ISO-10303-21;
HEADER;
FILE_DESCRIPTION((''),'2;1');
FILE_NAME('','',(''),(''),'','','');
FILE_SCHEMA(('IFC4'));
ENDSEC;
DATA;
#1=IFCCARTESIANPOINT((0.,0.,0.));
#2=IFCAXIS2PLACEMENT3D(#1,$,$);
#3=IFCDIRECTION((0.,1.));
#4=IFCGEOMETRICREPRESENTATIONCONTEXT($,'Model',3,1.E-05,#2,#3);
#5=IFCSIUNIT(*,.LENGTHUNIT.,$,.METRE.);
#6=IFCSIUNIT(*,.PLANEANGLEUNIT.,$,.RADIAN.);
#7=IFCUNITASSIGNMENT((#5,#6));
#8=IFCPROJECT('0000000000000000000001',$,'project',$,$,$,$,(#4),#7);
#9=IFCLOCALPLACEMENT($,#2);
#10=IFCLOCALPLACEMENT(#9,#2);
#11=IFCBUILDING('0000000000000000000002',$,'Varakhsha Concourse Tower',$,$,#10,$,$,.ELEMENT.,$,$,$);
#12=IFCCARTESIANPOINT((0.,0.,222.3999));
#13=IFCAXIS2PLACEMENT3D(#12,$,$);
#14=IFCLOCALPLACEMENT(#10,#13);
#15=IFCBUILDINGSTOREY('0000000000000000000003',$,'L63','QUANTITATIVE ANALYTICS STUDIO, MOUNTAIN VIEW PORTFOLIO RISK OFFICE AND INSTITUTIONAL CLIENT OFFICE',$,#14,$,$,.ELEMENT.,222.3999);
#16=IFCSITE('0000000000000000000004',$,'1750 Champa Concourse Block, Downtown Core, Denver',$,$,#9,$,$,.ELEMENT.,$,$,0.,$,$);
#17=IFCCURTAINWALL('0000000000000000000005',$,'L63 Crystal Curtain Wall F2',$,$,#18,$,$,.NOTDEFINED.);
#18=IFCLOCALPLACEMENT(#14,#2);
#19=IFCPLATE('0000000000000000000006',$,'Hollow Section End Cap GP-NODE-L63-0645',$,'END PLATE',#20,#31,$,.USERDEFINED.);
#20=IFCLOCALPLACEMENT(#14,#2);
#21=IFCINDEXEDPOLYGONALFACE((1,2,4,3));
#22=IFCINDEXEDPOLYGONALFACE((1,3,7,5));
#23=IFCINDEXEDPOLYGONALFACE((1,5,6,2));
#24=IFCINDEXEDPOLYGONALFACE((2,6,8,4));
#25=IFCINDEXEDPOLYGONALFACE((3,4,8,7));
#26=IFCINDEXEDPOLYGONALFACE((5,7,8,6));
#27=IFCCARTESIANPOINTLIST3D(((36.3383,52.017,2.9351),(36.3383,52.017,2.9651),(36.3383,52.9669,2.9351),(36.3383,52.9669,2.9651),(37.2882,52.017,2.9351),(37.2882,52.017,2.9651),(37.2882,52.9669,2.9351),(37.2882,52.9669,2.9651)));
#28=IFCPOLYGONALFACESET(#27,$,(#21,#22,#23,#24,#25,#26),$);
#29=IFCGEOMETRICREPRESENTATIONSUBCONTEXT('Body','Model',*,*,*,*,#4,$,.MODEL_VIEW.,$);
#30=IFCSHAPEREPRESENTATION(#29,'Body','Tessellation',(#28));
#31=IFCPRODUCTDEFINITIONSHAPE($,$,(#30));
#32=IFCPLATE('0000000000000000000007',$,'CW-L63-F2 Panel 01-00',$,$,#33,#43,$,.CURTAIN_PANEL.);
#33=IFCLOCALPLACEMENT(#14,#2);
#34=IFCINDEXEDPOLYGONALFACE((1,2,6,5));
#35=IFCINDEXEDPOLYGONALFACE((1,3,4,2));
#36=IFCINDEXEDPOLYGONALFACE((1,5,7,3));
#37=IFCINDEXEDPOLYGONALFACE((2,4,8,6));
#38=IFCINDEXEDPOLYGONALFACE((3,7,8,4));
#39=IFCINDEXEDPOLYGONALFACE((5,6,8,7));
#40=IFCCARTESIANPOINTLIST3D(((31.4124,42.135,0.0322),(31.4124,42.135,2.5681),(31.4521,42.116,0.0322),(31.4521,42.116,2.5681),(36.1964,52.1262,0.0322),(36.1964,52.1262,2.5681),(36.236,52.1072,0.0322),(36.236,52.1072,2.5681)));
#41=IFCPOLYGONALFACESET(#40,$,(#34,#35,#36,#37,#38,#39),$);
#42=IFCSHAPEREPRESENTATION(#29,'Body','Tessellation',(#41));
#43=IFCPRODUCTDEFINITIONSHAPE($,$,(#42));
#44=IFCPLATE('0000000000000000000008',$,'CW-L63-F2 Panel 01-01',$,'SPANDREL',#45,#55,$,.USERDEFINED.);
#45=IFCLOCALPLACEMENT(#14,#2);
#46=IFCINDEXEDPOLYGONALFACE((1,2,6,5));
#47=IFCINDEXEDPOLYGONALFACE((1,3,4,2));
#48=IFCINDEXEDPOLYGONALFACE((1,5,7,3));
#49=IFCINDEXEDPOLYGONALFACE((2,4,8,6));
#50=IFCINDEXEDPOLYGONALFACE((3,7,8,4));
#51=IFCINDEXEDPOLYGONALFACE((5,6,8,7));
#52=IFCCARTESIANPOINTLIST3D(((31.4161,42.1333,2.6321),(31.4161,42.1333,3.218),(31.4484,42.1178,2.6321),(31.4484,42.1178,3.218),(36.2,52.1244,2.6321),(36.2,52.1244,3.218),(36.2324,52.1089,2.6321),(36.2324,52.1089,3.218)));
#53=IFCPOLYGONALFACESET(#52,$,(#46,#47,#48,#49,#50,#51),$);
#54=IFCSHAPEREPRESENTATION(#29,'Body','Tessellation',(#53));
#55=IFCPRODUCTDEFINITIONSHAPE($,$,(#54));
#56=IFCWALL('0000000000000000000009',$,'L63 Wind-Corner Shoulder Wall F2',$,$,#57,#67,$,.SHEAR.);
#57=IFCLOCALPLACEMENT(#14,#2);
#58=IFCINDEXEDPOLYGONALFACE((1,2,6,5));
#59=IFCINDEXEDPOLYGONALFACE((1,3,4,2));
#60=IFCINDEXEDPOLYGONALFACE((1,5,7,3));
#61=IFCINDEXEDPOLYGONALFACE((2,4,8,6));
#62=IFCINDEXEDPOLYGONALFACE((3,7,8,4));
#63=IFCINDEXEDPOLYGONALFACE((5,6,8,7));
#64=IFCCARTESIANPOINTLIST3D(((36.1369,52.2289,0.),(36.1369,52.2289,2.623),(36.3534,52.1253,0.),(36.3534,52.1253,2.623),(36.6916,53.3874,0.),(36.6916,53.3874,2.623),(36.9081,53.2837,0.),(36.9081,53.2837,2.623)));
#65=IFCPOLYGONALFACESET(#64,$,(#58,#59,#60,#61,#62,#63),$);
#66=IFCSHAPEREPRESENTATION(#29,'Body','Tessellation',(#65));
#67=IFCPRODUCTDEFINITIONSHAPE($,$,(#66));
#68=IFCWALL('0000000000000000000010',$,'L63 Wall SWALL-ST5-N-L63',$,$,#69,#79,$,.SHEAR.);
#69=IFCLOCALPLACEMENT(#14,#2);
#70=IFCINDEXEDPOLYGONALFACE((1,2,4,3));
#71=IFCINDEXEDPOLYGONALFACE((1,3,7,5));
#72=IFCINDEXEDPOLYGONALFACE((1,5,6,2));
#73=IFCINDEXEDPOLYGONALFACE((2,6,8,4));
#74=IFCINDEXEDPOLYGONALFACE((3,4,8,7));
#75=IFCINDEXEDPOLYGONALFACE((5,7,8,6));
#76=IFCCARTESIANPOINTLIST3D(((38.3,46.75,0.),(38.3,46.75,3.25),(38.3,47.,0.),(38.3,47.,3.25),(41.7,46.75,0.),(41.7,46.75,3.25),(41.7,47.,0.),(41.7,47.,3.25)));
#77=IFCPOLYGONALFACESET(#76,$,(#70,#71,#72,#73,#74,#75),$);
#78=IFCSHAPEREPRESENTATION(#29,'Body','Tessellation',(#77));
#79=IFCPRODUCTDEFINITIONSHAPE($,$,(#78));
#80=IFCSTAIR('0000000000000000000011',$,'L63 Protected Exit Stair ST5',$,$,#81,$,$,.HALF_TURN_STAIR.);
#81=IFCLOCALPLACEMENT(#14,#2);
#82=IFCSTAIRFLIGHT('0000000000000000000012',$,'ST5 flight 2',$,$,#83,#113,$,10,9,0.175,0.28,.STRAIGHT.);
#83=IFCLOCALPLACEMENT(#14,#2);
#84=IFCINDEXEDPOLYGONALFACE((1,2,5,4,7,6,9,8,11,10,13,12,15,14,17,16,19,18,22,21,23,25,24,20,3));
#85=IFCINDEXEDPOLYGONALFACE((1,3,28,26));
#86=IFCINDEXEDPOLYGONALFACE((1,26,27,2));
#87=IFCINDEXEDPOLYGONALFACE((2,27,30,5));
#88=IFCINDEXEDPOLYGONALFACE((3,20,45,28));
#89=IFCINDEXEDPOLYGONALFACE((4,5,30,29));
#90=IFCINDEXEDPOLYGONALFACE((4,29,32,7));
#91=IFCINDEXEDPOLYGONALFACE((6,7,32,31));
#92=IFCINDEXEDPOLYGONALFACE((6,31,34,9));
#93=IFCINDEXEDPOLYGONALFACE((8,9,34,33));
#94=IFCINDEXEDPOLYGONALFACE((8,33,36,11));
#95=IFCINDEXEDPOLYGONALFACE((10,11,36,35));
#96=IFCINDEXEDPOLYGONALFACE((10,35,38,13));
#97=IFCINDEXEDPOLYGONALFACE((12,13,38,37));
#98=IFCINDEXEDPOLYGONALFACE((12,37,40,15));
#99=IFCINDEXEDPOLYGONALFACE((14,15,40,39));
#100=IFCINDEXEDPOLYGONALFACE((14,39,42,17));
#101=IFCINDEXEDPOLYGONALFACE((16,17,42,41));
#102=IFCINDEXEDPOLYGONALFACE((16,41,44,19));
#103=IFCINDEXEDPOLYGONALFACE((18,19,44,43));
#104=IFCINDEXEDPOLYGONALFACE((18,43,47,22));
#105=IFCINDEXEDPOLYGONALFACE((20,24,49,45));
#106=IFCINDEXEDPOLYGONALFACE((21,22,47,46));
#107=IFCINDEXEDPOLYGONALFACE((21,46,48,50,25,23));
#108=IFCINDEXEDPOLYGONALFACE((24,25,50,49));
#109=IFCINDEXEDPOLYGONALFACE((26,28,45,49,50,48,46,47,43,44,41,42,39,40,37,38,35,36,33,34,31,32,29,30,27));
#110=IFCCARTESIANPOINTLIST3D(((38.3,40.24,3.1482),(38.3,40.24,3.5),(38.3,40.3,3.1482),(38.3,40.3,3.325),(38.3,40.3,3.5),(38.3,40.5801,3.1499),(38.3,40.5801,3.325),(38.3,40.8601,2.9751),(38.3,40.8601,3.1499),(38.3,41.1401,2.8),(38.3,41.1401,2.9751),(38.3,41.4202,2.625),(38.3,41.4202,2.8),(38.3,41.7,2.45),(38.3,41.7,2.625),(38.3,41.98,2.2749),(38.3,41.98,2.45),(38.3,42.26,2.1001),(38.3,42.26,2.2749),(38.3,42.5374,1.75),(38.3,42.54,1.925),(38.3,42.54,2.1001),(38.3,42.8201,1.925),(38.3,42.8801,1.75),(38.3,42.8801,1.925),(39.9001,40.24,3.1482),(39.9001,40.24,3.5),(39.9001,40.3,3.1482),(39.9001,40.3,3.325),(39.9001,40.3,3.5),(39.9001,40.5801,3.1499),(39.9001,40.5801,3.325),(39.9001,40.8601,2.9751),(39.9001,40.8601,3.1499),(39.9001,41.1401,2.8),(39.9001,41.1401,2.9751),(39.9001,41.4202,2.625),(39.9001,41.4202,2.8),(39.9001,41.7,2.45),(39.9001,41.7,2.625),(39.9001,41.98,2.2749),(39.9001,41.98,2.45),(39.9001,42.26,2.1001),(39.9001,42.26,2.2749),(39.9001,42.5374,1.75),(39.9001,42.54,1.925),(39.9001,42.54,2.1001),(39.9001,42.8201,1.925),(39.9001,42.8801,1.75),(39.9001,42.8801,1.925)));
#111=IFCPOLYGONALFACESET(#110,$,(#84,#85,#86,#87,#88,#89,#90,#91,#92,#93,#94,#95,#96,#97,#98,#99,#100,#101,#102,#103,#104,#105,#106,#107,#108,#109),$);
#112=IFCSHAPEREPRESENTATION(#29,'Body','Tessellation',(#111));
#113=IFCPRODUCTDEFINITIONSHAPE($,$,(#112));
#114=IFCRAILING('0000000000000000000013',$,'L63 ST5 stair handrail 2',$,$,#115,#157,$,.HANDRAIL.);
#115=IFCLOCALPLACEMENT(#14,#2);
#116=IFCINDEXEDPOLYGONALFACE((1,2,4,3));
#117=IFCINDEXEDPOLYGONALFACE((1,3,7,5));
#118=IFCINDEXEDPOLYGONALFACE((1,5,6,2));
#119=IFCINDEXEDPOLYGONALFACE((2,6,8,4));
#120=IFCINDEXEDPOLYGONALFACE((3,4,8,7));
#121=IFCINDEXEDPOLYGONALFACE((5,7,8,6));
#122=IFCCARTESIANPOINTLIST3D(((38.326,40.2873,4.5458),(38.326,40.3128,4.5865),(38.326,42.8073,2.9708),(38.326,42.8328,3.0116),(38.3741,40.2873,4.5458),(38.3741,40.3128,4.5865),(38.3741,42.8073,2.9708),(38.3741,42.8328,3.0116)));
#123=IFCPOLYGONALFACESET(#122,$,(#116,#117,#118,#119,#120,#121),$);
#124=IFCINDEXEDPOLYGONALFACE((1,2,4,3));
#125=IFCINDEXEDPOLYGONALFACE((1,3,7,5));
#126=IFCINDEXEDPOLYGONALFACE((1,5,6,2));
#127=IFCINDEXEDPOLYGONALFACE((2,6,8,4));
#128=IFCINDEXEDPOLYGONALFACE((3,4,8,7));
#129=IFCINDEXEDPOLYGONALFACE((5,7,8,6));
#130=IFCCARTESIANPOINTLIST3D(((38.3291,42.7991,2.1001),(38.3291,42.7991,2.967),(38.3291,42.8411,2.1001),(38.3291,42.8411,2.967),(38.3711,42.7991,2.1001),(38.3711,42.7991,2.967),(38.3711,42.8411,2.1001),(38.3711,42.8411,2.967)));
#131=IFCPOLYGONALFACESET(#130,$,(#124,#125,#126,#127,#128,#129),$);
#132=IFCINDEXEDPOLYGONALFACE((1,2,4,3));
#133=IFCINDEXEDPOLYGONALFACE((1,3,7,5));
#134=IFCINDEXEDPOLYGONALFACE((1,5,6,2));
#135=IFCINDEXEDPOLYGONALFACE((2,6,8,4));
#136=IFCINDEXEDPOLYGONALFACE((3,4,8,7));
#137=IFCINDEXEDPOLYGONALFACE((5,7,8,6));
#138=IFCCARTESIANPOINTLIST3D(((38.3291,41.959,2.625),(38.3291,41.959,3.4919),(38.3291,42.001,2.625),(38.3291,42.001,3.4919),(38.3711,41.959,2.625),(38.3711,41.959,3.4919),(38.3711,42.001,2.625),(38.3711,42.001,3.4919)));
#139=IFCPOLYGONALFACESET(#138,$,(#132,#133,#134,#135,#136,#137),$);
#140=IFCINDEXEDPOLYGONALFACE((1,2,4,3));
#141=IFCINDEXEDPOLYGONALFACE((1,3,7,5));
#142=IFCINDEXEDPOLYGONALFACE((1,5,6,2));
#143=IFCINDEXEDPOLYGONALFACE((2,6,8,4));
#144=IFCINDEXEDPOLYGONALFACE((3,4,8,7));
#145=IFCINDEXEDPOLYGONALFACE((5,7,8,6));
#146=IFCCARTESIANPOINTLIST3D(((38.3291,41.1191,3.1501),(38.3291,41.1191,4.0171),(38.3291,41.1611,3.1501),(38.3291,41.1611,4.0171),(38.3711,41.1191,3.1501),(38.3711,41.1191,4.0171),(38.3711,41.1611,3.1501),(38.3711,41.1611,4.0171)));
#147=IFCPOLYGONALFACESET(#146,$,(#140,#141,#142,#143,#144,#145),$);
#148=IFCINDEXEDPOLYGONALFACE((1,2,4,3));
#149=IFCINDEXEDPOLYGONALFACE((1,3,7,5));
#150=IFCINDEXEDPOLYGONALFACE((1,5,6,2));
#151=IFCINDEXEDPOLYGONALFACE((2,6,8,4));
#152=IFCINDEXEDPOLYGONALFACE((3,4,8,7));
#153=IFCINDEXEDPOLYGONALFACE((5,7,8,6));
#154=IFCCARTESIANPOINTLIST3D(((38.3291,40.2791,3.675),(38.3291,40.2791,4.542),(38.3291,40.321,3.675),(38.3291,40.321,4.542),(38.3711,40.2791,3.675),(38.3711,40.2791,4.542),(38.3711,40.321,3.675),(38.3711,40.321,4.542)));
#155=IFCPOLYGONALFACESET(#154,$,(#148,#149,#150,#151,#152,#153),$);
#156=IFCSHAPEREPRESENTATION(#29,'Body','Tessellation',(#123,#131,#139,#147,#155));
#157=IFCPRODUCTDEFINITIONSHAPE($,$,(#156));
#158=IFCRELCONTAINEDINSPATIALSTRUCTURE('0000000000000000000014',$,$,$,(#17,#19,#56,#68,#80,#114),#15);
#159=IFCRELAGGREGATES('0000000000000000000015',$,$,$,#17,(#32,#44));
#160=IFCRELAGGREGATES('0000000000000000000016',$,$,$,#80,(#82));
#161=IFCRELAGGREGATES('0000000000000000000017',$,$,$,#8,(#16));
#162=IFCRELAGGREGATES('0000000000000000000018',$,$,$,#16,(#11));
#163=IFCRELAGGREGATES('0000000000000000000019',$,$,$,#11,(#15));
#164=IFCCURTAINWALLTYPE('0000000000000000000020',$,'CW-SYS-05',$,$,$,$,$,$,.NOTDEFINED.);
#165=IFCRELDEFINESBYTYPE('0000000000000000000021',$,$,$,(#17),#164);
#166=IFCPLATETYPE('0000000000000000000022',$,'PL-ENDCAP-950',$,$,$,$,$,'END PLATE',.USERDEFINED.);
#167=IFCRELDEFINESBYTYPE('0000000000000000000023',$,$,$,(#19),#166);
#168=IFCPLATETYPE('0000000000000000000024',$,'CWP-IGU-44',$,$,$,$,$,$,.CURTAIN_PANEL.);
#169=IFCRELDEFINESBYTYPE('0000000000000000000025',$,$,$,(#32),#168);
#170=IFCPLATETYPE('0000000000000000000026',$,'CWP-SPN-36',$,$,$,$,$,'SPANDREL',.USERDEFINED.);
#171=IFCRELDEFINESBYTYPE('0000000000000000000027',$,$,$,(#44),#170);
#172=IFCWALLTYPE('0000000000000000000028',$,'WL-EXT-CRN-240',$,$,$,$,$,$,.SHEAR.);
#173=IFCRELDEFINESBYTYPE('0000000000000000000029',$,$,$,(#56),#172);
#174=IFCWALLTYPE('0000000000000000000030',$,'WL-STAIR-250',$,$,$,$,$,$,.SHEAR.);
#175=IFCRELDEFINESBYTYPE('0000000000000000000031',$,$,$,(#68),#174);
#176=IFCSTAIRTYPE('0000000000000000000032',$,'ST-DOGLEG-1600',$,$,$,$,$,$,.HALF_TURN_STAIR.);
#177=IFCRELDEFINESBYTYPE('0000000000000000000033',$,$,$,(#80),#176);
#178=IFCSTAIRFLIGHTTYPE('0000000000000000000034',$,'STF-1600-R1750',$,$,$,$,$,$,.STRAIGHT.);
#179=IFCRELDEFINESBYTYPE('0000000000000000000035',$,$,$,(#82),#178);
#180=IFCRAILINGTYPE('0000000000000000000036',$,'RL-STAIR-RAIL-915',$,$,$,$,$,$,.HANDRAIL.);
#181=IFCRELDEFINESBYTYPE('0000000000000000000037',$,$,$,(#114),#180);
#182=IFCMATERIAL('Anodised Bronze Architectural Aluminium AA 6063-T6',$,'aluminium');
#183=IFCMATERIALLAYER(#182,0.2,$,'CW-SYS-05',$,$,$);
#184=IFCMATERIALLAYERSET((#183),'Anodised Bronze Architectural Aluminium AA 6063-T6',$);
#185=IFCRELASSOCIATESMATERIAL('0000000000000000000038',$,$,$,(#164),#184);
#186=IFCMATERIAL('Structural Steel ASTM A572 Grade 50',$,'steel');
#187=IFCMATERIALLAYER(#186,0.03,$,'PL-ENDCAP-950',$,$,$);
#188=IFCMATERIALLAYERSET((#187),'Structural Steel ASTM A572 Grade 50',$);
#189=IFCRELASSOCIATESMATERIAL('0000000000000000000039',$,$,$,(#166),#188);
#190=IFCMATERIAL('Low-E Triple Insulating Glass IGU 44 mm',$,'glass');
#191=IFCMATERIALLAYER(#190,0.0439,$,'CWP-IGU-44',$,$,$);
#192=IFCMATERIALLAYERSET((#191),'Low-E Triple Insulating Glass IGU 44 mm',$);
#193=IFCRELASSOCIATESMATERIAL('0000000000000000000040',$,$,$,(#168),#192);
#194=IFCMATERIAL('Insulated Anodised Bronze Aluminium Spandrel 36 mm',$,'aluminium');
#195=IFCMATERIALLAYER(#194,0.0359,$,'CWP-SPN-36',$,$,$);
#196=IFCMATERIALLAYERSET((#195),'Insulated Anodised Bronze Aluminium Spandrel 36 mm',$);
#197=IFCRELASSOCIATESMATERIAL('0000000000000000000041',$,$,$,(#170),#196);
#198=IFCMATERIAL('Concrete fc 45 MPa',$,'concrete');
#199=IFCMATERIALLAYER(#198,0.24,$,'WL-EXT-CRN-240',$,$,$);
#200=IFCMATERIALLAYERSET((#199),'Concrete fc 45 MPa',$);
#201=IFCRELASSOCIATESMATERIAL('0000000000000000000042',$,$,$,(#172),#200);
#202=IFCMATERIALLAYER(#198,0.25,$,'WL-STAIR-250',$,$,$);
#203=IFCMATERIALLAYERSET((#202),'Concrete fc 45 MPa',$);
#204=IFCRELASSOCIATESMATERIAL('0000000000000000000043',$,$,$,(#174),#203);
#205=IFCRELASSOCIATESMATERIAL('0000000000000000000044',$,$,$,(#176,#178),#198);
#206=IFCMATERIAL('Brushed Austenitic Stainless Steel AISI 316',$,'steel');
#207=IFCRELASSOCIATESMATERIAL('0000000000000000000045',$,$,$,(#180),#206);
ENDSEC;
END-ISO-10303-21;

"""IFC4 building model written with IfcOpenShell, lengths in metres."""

from ifc_helpers import new_model, si_unit, direction, frame, frame_2d, origin, origin_2d, place, context, subcontext, project, spatial, polyline, rectangle, outline, extrude, source, transform, mapped, material, layer, layer_set, type_object, type_shapes, element, aggregate, save


model = new_model("IFC4")

# Units and contexts
model_context = context("Model", 3, precision=1e-05, world=origin(), true_north=direction((0.0, 1.0)))
body_context = subcontext(model_context, "Body", "Model", "MODEL_VIEW")
ifc_project = project(units=[si_unit("LENGTHUNIT", "METRE"), si_unit("PLANEANGLEUNIT", "RADIAN")], contexts=[model_context])

# Site, building, storey
site_placement = place(None, origin())
site = spatial("IfcSite", under=ifc_project, at=site_placement, Name="1750 Champa Concourse Block, Downtown Core, Denver", CompositionType="ELEMENT", RefElevation=0.0)
building_placement = place(site_placement, origin())
building = spatial("IfcBuilding", under=site, at=building_placement, Name="Varakhsha Concourse Tower", CompositionType="ELEMENT")
storey_placement = place(building_placement, frame((0.0, 0.0, 222.3999)))
storey = spatial("IfcBuildingStorey", under=building, at=storey_placement, Name="L63", Description="QUANTITATIVE ANALYTICS STUDIO, MOUNTAIN VIEW PORTFOLIO RISK OFFICE AND INSTITUTIONAL CLIENT OFFICE", CompositionType="ELEMENT", Elevation=222.3999)

# Shared definitions
ifc_material_1 = material(Name="Structural Steel ASTM A572 Grade 50", Category="steel")

# Shared definitions
ifc_material_2 = material(Name="Anodised Bronze Architectural Aluminium AA 6063-T6", Category="aluminium")
ifc_layer_1 = layer(ifc_material_2, 0.2, Name="CW-SYS-05")
ifc_layer_set_1 = layer_set([ifc_layer_1], Name="Anodised Bronze Architectural Aluminium AA 6063-T6")
curtain_wall_type = type_object("IfcCurtainWallType", Name="CW-SYS-05", PredefinedType="NOTDEFINED", material=ifc_layer_set_1)

# Curtain wall
curtain_wall_1_placement = place(storey_placement, origin())
curtain_wall_1 = element("IfcCurtainWall", 1, at=curtain_wall_1_placement, inside=storey, type_object=curtain_wall_type, Name="L63 Crystal Curtain Wall F2", PredefinedType="NOTDEFINED")

# Plates
ifc_layer_2 = layer(ifc_material_1, 0.03, Name="PL-ENDCAP-950")
ifc_layer_set_2 = layer_set([ifc_layer_2], Name="Structural Steel ASTM A572 Grade 50")
plate_type_1 = type_object("IfcPlateType", Name="PL-ENDCAP-950", ElementType="END PLATE", PredefinedType="USERDEFINED", material=ifc_layer_set_2)
shared_shape_1 = source(origin(), body_context, "Body", "SweptSolid", [
    extrude(rectangle(XDim=0.95, YDim=0.95, at=origin_2d()), origin(), (0.0, 0.0, 1.0), 0.03),
])
type_shapes(plate_type_1, [shared_shape_1])
plate_1_placement = place(storey_placement, frame((36.8132, 52.4919, 2.9351), z_axis=(0.0, 0.0, 1.0), x_axis=(1.0, 0.0, 0.0)))
element("IfcPlate", 2, at=plate_1_placement, inside=storey, type_object=plate_type_1, Name="Hollow Section End Cap GP-NODE-L63-0645", ObjectType="END PLATE", PredefinedType="USERDEFINED", context=body_context, shape_type="MappedRepresentation", body=[
    mapped(shared_shape_1, transform((0.0, 0.0, 0.0), scale=1.0)),
])
ifc_material_3 = material(Name="Low-E Triple Insulating Glass IGU 44 mm", Category="glass")
ifc_layer_3 = layer(ifc_material_3, 0.0439, Name="CWP-IGU-44")
ifc_layer_set_3 = layer_set([ifc_layer_3], Name="Low-E Triple Insulating Glass IGU 44 mm")
plate_type_2 = type_object("IfcPlateType", Name="CWP-IGU-44", PredefinedType="CURTAIN_PANEL", material=ifc_layer_set_3)
shared_shape_2 = source(origin(), body_context, "Body", "SweptSolid", [
    extrude(rectangle(XDim=11.0774, YDim=0.0439, at=origin_2d()), origin(), (0.0, 0.0, 1.0), 2.5359),
])
type_shapes(plate_type_2, [shared_shape_2])
plate_2_placement = place(storey_placement, frame((33.8242, 47.1211, 0.0322), z_axis=(0.0, 0.0, 1.0), x_axis=(0.431862, 0.90194, 0.0)))
plate_2 = element("IfcPlate", 3, at=plate_2_placement, type_object=plate_type_2, Name="CW-L63-F2 Panel 01-00", PredefinedType="CURTAIN_PANEL", context=body_context, shape_type="MappedRepresentation", body=[
    mapped(shared_shape_2, transform((0.0, 0.0, 0.0), scale=1.0)),
])
ifc_material_4 = material(Name="Insulated Anodised Bronze Aluminium Spandrel 36 mm", Category="aluminium")
ifc_layer_4 = layer(ifc_material_4, 0.0359, Name="CWP-SPN-36")
ifc_layer_set_4 = layer_set([ifc_layer_4], Name="Insulated Anodised Bronze Aluminium Spandrel 36 mm")
plate_type_3 = type_object("IfcPlateType", Name="CWP-SPN-36", ElementType="SPANDREL", PredefinedType="USERDEFINED", material=ifc_layer_set_4)
shared_shape_3 = source(origin(), body_context, "Body", "SweptSolid", [
    extrude(rectangle(XDim=11.0774, YDim=0.0359, at=origin_2d()), origin(), (0.0, 0.0, 1.0), 0.5859),
])
type_shapes(plate_type_3, [shared_shape_3])
plate_3_placement = place(storey_placement, frame((33.8242, 47.1211, 2.6321), z_axis=(0.0, 0.0, 1.0), x_axis=(0.431862, 0.90194, 0.0)))
plate_3 = element("IfcPlate", 4, at=plate_3_placement, type_object=plate_type_3, Name="CW-L63-F2 Panel 01-01", ObjectType="SPANDREL", PredefinedType="USERDEFINED", context=body_context, shape_type="MappedRepresentation", body=[
    mapped(shared_shape_3, transform((0.0, 0.0, 0.0), scale=1.0)),
])
aggregate(curtain_wall_1, [plate_2, plate_3])

# Walls
ifc_material_5 = material(Name="Concrete fc 45 MPa", Category="concrete")
ifc_layer_5 = layer(ifc_material_5, 0.24, Name="WL-EXT-CRN-240")
ifc_layer_set_5 = layer_set([ifc_layer_5], Name="Concrete fc 45 MPa")
wall_type_1 = type_object("IfcWallType", Name="WL-EXT-CRN-240", PredefinedType="SHEAR", material=ifc_layer_set_5)
wall_1_placement = place(storey_placement, frame((36.7998, 53.3354, 0.0), z_axis=(0.0, 0.0, 1.0), x_axis=(-0.431866, -0.901938, 0.0)))
element("IfcWall", 5, at=wall_1_placement, inside=storey, type_object=wall_type_1, Name="L63 Wind-Corner Shoulder Wall F2", PredefinedType="SHEAR", context=body_context, shape_type="SweptSolid", body=[
    extrude(rectangle(XDim=1.2844, YDim=0.24, at=frame_2d((0.6421, 0.0))), origin(), (0.0, 0.0, 1.0), 2.623),
])
ifc_layer_6 = layer(ifc_material_5, 0.25, Name="WL-STAIR-250")
ifc_layer_set_6 = layer_set([ifc_layer_6], Name="Concrete fc 45 MPa")
wall_type_2 = type_object("IfcWallType", Name="WL-STAIR-250", PredefinedType="SHEAR", material=ifc_layer_set_6)
wall_2_placement = place(storey_placement, frame((38.3, 46.875, 0.0), z_axis=(0.0, 0.0, 1.0), x_axis=(1.0, 0.0, 0.0)))
element("IfcWall", 6, at=wall_2_placement, inside=storey, type_object=wall_type_2, Name="L63 Wall SWALL-ST5-N-L63", PredefinedType="SHEAR", context=body_context, shape_type="SweptSolid", body=[
    extrude(rectangle(XDim=3.3999, YDim=0.25, at=frame_2d((1.7, 0.0))), origin(), (0.0, 0.0, 1.0), 3.25),
])

# Stair, stair flight
stair_type = type_object("IfcStairType", Name="ST-DOGLEG-1600", PredefinedType="HALF_TURN_STAIR", material=ifc_material_5)
stair_placement = place(storey_placement, origin())
stair = element("IfcStair", 7, at=stair_placement, inside=storey, type_object=stair_type, Name="L63 Protected Exit Stair ST5", PredefinedType="HALF_TURN_STAIR")
stair_flight_type = type_object("IfcStairFlightType", Name="STF-1600-R1750", PredefinedType="STRAIGHT", material=ifc_material_5)
stair_flight_placement = place(storey_placement, frame((39.1001, 42.8201, 1.75), z_axis=(0.0, 0.0, 1.0), x_axis=(0.0, -1.0, 0.0)))
stair_flight = element("IfcStairFlight", 8, at=stair_flight_placement, type_object=stair_flight_type, Name="ST5 flight 2", NumberOfRisers=10, NumberOfTreads=9, PredefinedType="STRAIGHT", RiserHeight=0.175, TreadLength=0.28, context=body_context, shape_type="SweptSolid", body=[
    extrude(outline(polyline([(-0.0601, 0.0), (-0.0601, 0.175), (0.0, 0.175), (0.28, 0.175), (0.28, 0.3501), (0.5601, 0.3501), (0.5601, 0.5249), (0.8401, 0.5249), (0.8401, 0.7), (1.1201, 0.7), (1.1201, 0.875), (1.3999, 0.875), (1.3999, 1.05), (1.6799, 1.05), (1.6799, 1.2251), (1.96, 1.2251), (1.96, 1.3999), (2.24, 1.3999), (2.24, 1.575), (2.52, 1.575), (2.52, 1.75), (2.5801, 1.75), (2.5801, 1.3982), (2.52, 1.3982), (0.2827, 0.0), (-0.0601, 0.0)])), frame((0.0, 0.8, 0.0), z_axis=(0.0, -1.0, 0.0), x_axis=(1.0, 0.0, 0.0)), (0.0, 0.0, 1.0), 1.6001),
])
aggregate(stair, [stair_flight])

# Railing
ifc_material_6 = material(Name="Brushed Austenitic Stainless Steel AISI 316", Category="steel")
railing_type = type_object("IfcRailingType", Name="RL-STAIR-RAIL-915", PredefinedType="HANDRAIL", material=ifc_material_6)
railing_placement = place(storey_placement, frame((38.3501, 42.8201, 2.1001)))
element("IfcRailing", 9, at=railing_placement, inside=storey, type_object=railing_type, Name="L63 ST5 stair handrail 2", PredefinedType="HANDRAIL", context=body_context, shape_type="SweptSolid", body=[
    extrude(rectangle(XDim=0.0481, YDim=0.0481, at=origin_2d()), frame((0.0, 0.0, 0.8911), z_axis=(0.0, -0.848008, 0.529984), x_axis=(1.0, 0.0, 0.0)), (0.0, 0.0, 1.0), 2.9717),
    extrude(rectangle(XDim=0.042, YDim=0.042, at=origin_2d()), origin(), (0.0, 0.0, 1.0), 0.8669),
    extrude(rectangle(XDim=0.042, YDim=0.042, at=origin_2d()), frame((0.0, -0.8401, 0.5249)), (0.0, 0.0, 1.0), 0.8669),
    extrude(rectangle(XDim=0.042, YDim=0.042, at=origin_2d()), frame((0.0, -1.6799, 1.05)), (0.0, 0.0, 1.0), 0.8669),
    extrude(rectangle(XDim=0.042, YDim=0.042, at=origin_2d()), frame((0.0, -2.52, 1.575)), (0.0, 0.0, 1.0), 0.8669),
])

save(model, "model.ifc")
